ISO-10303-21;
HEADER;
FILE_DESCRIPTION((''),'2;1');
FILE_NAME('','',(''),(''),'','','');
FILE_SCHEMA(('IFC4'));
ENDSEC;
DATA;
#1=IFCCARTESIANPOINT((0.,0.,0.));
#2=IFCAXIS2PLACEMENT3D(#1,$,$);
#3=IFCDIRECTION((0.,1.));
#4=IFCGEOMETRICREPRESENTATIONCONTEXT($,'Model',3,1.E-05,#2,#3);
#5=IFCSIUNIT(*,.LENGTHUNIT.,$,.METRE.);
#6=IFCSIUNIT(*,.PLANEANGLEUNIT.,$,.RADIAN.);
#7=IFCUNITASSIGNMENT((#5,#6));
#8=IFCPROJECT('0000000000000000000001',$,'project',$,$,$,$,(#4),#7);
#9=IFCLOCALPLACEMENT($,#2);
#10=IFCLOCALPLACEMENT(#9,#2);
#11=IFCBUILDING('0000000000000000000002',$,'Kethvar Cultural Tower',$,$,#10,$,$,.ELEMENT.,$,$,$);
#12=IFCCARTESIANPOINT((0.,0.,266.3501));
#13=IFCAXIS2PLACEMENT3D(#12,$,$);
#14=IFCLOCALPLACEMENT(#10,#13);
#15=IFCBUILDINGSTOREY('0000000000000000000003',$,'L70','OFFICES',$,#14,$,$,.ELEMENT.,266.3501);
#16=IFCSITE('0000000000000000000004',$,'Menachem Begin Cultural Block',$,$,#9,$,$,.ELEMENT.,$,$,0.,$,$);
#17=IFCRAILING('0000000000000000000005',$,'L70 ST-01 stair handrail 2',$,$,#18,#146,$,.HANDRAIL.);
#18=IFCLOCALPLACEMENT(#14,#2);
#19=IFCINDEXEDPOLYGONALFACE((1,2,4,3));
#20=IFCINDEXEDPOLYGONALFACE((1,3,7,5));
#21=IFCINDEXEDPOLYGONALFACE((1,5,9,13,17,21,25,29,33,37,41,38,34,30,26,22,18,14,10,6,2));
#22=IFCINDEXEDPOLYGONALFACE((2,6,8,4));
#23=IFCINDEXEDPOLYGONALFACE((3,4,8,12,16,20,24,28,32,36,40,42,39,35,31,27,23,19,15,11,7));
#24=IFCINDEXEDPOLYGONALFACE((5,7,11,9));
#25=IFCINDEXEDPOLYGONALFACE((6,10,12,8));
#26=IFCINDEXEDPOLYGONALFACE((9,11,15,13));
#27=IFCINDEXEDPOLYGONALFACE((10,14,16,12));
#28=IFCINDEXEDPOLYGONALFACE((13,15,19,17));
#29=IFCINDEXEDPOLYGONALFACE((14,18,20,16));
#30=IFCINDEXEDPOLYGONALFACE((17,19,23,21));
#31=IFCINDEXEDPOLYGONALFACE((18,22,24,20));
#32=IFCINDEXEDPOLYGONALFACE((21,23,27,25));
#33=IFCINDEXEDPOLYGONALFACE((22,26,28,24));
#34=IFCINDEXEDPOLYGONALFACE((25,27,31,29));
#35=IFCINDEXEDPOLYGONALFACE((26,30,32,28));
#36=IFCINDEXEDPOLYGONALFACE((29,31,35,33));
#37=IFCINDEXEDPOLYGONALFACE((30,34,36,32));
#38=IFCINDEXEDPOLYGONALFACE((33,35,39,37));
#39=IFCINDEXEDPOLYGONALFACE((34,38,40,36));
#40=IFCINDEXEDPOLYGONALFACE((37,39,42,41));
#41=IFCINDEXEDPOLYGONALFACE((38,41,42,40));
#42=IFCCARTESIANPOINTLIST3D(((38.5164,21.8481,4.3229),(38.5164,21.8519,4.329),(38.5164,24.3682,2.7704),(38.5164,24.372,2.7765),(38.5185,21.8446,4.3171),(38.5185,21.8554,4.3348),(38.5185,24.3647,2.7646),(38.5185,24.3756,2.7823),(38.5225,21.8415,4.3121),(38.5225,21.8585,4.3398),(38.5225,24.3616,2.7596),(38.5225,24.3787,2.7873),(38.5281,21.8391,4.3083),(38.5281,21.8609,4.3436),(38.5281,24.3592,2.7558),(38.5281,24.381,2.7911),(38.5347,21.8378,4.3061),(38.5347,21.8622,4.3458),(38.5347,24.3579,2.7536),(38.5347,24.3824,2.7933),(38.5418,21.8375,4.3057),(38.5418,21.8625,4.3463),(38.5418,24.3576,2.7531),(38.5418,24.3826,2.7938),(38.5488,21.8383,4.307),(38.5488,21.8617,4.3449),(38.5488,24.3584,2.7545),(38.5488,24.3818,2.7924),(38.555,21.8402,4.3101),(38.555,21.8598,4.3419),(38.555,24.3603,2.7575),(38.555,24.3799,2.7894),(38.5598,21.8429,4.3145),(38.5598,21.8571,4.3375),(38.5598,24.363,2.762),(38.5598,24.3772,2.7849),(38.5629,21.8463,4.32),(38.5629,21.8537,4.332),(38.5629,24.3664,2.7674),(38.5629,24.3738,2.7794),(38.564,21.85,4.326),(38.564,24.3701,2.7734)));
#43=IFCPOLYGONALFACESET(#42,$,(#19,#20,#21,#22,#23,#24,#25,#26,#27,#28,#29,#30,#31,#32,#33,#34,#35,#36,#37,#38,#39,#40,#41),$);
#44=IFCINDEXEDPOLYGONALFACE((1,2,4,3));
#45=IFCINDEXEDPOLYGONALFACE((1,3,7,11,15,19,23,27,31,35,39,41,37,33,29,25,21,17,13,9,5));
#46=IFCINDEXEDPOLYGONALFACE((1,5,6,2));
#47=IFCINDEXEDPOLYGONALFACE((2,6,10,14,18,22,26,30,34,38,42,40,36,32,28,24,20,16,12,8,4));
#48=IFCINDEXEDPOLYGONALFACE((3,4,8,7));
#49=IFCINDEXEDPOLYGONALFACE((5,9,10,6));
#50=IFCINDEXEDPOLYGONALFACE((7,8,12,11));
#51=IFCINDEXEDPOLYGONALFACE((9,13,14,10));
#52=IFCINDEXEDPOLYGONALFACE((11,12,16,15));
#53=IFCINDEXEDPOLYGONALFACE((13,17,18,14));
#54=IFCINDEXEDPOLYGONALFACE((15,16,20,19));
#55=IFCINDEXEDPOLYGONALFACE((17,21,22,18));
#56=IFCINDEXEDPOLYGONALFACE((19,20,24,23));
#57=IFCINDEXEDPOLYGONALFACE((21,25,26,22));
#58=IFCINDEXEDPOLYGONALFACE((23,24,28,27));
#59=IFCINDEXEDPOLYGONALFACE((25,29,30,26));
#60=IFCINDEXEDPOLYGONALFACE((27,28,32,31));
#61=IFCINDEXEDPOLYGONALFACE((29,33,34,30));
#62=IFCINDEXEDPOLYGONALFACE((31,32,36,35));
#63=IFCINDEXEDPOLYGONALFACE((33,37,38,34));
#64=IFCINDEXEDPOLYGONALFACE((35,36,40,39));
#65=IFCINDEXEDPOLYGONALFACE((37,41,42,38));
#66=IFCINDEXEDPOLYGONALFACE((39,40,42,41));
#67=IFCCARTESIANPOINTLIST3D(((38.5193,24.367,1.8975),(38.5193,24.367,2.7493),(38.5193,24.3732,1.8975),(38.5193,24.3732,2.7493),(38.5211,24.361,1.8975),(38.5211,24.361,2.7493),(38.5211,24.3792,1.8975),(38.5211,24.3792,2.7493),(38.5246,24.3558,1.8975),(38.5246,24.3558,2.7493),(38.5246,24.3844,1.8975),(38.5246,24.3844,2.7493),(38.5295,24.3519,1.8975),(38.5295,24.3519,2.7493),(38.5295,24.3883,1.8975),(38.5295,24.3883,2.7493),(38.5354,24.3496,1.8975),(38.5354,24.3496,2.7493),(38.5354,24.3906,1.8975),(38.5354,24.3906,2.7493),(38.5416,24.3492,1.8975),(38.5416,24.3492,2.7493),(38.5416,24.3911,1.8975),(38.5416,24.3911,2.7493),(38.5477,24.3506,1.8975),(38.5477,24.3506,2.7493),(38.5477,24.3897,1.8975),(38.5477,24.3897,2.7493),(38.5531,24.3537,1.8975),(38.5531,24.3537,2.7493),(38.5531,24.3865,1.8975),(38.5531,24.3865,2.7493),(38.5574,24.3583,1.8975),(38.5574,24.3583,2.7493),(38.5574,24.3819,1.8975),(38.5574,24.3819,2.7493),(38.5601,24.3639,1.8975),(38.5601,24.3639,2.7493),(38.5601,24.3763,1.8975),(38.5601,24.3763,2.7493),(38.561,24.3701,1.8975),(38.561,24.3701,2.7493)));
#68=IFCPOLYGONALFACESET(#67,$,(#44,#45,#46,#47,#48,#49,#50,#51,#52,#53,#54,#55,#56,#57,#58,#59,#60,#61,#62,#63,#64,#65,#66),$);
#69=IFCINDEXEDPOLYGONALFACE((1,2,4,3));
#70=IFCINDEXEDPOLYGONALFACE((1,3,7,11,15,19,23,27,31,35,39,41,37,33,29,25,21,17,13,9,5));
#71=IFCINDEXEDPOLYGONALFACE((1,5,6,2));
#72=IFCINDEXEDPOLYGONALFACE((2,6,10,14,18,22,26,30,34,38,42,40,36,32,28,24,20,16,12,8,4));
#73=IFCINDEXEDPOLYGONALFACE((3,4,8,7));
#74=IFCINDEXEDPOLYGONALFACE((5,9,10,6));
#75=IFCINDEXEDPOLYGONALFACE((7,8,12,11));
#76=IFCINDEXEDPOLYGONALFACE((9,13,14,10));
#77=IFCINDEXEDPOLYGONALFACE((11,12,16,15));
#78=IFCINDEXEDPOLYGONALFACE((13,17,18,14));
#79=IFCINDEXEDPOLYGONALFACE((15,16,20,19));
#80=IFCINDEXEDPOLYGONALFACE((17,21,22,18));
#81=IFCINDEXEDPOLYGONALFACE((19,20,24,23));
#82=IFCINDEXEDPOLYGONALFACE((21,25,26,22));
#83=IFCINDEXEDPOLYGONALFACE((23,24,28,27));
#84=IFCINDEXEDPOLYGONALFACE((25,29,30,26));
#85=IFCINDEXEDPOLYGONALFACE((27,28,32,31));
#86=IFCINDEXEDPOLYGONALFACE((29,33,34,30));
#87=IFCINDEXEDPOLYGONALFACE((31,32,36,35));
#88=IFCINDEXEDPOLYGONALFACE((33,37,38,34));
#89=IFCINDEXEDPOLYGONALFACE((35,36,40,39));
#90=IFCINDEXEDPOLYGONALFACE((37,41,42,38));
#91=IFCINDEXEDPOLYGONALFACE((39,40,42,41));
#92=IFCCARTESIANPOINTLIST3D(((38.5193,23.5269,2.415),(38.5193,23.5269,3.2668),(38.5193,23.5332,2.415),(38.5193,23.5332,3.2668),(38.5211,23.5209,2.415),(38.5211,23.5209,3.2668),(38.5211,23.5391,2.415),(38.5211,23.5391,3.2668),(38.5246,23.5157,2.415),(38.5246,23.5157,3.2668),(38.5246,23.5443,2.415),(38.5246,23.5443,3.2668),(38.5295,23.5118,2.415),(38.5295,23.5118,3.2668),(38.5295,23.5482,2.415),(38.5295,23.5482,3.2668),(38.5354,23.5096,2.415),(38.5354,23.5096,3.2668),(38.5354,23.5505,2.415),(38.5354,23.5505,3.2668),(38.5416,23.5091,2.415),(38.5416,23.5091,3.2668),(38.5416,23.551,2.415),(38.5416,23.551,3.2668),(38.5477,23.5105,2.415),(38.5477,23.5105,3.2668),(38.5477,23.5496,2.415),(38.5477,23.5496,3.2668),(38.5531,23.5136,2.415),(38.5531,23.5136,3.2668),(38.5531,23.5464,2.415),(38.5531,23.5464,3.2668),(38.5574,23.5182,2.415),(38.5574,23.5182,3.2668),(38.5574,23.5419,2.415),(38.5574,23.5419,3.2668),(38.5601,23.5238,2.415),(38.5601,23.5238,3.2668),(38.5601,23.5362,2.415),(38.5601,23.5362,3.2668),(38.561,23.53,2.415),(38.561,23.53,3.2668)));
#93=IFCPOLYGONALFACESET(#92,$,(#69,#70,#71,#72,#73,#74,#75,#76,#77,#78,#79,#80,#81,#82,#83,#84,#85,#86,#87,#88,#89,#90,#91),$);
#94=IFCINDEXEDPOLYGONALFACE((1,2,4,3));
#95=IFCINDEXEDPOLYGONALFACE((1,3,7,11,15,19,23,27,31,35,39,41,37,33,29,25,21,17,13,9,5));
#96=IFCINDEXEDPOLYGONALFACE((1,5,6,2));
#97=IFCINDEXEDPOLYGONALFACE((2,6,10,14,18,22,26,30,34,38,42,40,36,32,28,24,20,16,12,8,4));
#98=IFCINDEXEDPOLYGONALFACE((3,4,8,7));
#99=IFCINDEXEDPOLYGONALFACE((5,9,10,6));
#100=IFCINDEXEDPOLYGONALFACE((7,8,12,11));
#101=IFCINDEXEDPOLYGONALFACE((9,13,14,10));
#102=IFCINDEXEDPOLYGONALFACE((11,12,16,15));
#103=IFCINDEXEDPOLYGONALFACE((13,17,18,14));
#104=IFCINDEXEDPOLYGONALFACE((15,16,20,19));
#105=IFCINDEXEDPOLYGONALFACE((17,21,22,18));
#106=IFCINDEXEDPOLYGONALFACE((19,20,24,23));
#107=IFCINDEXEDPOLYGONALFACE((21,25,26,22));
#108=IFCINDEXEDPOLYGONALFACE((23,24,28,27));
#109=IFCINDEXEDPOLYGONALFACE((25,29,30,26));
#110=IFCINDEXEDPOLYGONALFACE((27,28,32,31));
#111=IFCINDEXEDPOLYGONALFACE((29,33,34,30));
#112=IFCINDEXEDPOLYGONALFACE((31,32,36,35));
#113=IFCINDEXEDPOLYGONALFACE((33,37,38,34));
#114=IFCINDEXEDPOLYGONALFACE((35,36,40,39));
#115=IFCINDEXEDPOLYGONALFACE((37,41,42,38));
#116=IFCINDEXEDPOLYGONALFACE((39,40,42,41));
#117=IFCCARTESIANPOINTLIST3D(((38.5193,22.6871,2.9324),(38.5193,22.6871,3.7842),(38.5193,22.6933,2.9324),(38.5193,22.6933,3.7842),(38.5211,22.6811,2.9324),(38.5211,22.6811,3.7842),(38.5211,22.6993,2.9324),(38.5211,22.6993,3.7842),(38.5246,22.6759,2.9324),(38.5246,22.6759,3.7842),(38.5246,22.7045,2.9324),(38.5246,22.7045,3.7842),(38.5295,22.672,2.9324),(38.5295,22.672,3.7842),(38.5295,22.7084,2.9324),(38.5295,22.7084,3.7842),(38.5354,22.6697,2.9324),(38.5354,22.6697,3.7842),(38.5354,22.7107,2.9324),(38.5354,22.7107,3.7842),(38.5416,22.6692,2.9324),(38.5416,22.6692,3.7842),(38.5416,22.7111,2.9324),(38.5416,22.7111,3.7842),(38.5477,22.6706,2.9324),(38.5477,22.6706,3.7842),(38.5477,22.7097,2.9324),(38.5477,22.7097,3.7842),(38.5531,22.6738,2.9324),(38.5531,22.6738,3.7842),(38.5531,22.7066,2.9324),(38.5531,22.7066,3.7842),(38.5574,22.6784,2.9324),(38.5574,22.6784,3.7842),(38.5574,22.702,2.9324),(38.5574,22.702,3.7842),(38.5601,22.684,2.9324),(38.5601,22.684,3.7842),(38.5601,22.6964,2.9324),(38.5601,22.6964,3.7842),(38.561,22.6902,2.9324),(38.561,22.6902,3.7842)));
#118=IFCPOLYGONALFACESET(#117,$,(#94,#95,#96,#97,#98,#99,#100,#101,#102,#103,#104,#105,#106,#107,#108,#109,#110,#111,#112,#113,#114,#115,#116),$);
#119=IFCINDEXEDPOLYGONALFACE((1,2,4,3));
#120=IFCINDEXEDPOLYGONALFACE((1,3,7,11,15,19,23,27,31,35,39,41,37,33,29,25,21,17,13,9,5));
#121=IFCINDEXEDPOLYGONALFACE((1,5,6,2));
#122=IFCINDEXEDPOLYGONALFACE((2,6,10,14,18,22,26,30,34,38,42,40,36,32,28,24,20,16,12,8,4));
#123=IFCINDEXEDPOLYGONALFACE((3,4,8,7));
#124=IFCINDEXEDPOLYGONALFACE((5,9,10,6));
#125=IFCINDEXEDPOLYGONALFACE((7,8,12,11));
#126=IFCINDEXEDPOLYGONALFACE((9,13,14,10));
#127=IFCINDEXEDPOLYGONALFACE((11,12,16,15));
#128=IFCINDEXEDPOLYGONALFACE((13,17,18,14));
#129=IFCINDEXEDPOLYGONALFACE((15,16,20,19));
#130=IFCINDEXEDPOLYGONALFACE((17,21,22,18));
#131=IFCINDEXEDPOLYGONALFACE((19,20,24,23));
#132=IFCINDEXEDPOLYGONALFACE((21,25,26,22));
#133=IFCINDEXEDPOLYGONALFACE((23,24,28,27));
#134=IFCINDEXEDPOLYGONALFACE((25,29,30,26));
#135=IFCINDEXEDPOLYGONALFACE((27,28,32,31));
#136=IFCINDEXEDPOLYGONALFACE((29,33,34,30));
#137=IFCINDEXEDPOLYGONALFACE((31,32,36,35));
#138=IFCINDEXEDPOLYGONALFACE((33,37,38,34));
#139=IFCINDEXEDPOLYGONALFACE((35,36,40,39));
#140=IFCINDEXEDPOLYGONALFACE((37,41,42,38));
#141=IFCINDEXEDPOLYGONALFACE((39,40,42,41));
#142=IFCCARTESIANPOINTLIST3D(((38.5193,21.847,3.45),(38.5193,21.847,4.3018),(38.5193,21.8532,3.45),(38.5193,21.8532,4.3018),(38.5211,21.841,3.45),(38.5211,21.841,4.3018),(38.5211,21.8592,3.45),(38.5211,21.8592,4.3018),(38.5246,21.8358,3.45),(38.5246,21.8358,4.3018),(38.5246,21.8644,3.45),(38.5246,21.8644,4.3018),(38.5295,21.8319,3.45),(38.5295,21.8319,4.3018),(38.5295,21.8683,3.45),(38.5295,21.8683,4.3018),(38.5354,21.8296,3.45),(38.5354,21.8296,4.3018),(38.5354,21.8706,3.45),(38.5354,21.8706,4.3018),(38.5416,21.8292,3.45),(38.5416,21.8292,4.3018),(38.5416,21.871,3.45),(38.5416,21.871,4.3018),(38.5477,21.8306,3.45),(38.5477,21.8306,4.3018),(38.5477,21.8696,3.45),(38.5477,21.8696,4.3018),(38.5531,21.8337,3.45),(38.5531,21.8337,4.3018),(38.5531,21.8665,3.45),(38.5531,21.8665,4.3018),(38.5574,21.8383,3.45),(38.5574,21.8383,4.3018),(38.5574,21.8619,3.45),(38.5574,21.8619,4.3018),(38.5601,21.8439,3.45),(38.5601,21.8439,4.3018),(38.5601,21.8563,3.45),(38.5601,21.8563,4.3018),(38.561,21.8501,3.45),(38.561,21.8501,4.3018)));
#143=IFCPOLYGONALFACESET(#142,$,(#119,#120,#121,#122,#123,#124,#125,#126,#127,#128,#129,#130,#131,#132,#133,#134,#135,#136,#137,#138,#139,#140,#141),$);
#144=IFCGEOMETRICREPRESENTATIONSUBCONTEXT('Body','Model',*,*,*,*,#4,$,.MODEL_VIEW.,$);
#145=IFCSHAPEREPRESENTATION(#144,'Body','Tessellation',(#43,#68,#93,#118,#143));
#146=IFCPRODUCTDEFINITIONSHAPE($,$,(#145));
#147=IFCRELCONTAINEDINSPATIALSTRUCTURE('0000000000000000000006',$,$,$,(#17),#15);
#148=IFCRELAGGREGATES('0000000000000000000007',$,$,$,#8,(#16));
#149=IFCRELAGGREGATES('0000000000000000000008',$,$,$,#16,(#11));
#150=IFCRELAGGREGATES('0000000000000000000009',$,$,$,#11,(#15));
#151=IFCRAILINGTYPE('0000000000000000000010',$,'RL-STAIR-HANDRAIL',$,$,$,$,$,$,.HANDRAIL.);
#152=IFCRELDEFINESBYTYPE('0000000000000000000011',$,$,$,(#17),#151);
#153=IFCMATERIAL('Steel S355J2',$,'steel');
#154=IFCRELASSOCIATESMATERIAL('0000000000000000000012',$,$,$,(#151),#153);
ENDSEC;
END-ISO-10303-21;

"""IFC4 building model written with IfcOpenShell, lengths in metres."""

from ifc_helpers import new_model, si_unit, direction, frame, origin, origin_2d, place, context, subcontext, project, spatial, circle, extrude, material, type_object, element, save


model = new_model("IFC4")

# Units and contexts
model_context = context("Model", 3, precision=1e-05, world=origin(), true_north=direction((0.0, 1.0)))
body_context = subcontext(model_context, "Body", "Model", "MODEL_VIEW")
ifc_project = project(units=[si_unit("LENGTHUNIT", "METRE"), si_unit("PLANEANGLEUNIT", "RADIAN")], contexts=[model_context])

# Site, building, storey
site_placement = place(None, origin())
site = spatial("IfcSite", under=ifc_project, at=site_placement, Name="Menachem Begin Cultural Block", CompositionType="ELEMENT", RefElevation=0.0)
building_placement = place(site_placement, origin())
building = spatial("IfcBuilding", under=site, at=building_placement, Name="Kethvar Cultural Tower", CompositionType="ELEMENT")
storey_placement = place(building_placement, frame((0.0, 0.0, 266.3501)))
storey = spatial("IfcBuildingStorey", under=building, at=storey_placement, Name="L70", Description="OFFICES", CompositionType="ELEMENT", Elevation=266.3501)

# Shared definitions
ifc_material_1 = material(Name="Steel S355J2", Category="steel")

# Railing
railing_type_1 = type_object("IfcRailingType", Name="RL-STAIR-HANDRAIL", PredefinedType="HANDRAIL", material=ifc_material_1)
railing_1_placement = place(storey_placement, frame((38.54, 24.3701, 1.8975)))
element("IfcRailing", 1, at=railing_1_placement, inside=storey, type_object=railing_type_1, Name="L70 ST-01 stair handrail 2", PredefinedType="HANDRAIL", context=body_context, shape_type="SweptSolid", body=[
    extrude(circle(Radius=0.0239, at=origin_2d()), frame((0.0, 0.0, 0.876), z_axis=(0.0, -0.8514, 0.524516), x_axis=(1.0, 0.0, 0.0)), (0.0, 0.0, 1.0), 2.96),
    extrude(circle(Radius=0.021, at=origin_2d()), origin(), (0.0, 0.0, 1.0), 0.8518),
    extrude(circle(Radius=0.021, at=origin_2d()), frame((0.0, -0.8401, 0.5176)), (0.0, 0.0, 1.0), 0.8518),
    extrude(circle(Radius=0.021, at=origin_2d()), frame((0.0, -1.6799, 1.0349)), (0.0, 0.0, 1.0), 0.8518),
    extrude(circle(Radius=0.021, at=origin_2d()), frame((0.0, -2.52, 1.5525)), (0.0, 0.0, 1.0), 0.8518),
])

save(model, "model.ifc")
